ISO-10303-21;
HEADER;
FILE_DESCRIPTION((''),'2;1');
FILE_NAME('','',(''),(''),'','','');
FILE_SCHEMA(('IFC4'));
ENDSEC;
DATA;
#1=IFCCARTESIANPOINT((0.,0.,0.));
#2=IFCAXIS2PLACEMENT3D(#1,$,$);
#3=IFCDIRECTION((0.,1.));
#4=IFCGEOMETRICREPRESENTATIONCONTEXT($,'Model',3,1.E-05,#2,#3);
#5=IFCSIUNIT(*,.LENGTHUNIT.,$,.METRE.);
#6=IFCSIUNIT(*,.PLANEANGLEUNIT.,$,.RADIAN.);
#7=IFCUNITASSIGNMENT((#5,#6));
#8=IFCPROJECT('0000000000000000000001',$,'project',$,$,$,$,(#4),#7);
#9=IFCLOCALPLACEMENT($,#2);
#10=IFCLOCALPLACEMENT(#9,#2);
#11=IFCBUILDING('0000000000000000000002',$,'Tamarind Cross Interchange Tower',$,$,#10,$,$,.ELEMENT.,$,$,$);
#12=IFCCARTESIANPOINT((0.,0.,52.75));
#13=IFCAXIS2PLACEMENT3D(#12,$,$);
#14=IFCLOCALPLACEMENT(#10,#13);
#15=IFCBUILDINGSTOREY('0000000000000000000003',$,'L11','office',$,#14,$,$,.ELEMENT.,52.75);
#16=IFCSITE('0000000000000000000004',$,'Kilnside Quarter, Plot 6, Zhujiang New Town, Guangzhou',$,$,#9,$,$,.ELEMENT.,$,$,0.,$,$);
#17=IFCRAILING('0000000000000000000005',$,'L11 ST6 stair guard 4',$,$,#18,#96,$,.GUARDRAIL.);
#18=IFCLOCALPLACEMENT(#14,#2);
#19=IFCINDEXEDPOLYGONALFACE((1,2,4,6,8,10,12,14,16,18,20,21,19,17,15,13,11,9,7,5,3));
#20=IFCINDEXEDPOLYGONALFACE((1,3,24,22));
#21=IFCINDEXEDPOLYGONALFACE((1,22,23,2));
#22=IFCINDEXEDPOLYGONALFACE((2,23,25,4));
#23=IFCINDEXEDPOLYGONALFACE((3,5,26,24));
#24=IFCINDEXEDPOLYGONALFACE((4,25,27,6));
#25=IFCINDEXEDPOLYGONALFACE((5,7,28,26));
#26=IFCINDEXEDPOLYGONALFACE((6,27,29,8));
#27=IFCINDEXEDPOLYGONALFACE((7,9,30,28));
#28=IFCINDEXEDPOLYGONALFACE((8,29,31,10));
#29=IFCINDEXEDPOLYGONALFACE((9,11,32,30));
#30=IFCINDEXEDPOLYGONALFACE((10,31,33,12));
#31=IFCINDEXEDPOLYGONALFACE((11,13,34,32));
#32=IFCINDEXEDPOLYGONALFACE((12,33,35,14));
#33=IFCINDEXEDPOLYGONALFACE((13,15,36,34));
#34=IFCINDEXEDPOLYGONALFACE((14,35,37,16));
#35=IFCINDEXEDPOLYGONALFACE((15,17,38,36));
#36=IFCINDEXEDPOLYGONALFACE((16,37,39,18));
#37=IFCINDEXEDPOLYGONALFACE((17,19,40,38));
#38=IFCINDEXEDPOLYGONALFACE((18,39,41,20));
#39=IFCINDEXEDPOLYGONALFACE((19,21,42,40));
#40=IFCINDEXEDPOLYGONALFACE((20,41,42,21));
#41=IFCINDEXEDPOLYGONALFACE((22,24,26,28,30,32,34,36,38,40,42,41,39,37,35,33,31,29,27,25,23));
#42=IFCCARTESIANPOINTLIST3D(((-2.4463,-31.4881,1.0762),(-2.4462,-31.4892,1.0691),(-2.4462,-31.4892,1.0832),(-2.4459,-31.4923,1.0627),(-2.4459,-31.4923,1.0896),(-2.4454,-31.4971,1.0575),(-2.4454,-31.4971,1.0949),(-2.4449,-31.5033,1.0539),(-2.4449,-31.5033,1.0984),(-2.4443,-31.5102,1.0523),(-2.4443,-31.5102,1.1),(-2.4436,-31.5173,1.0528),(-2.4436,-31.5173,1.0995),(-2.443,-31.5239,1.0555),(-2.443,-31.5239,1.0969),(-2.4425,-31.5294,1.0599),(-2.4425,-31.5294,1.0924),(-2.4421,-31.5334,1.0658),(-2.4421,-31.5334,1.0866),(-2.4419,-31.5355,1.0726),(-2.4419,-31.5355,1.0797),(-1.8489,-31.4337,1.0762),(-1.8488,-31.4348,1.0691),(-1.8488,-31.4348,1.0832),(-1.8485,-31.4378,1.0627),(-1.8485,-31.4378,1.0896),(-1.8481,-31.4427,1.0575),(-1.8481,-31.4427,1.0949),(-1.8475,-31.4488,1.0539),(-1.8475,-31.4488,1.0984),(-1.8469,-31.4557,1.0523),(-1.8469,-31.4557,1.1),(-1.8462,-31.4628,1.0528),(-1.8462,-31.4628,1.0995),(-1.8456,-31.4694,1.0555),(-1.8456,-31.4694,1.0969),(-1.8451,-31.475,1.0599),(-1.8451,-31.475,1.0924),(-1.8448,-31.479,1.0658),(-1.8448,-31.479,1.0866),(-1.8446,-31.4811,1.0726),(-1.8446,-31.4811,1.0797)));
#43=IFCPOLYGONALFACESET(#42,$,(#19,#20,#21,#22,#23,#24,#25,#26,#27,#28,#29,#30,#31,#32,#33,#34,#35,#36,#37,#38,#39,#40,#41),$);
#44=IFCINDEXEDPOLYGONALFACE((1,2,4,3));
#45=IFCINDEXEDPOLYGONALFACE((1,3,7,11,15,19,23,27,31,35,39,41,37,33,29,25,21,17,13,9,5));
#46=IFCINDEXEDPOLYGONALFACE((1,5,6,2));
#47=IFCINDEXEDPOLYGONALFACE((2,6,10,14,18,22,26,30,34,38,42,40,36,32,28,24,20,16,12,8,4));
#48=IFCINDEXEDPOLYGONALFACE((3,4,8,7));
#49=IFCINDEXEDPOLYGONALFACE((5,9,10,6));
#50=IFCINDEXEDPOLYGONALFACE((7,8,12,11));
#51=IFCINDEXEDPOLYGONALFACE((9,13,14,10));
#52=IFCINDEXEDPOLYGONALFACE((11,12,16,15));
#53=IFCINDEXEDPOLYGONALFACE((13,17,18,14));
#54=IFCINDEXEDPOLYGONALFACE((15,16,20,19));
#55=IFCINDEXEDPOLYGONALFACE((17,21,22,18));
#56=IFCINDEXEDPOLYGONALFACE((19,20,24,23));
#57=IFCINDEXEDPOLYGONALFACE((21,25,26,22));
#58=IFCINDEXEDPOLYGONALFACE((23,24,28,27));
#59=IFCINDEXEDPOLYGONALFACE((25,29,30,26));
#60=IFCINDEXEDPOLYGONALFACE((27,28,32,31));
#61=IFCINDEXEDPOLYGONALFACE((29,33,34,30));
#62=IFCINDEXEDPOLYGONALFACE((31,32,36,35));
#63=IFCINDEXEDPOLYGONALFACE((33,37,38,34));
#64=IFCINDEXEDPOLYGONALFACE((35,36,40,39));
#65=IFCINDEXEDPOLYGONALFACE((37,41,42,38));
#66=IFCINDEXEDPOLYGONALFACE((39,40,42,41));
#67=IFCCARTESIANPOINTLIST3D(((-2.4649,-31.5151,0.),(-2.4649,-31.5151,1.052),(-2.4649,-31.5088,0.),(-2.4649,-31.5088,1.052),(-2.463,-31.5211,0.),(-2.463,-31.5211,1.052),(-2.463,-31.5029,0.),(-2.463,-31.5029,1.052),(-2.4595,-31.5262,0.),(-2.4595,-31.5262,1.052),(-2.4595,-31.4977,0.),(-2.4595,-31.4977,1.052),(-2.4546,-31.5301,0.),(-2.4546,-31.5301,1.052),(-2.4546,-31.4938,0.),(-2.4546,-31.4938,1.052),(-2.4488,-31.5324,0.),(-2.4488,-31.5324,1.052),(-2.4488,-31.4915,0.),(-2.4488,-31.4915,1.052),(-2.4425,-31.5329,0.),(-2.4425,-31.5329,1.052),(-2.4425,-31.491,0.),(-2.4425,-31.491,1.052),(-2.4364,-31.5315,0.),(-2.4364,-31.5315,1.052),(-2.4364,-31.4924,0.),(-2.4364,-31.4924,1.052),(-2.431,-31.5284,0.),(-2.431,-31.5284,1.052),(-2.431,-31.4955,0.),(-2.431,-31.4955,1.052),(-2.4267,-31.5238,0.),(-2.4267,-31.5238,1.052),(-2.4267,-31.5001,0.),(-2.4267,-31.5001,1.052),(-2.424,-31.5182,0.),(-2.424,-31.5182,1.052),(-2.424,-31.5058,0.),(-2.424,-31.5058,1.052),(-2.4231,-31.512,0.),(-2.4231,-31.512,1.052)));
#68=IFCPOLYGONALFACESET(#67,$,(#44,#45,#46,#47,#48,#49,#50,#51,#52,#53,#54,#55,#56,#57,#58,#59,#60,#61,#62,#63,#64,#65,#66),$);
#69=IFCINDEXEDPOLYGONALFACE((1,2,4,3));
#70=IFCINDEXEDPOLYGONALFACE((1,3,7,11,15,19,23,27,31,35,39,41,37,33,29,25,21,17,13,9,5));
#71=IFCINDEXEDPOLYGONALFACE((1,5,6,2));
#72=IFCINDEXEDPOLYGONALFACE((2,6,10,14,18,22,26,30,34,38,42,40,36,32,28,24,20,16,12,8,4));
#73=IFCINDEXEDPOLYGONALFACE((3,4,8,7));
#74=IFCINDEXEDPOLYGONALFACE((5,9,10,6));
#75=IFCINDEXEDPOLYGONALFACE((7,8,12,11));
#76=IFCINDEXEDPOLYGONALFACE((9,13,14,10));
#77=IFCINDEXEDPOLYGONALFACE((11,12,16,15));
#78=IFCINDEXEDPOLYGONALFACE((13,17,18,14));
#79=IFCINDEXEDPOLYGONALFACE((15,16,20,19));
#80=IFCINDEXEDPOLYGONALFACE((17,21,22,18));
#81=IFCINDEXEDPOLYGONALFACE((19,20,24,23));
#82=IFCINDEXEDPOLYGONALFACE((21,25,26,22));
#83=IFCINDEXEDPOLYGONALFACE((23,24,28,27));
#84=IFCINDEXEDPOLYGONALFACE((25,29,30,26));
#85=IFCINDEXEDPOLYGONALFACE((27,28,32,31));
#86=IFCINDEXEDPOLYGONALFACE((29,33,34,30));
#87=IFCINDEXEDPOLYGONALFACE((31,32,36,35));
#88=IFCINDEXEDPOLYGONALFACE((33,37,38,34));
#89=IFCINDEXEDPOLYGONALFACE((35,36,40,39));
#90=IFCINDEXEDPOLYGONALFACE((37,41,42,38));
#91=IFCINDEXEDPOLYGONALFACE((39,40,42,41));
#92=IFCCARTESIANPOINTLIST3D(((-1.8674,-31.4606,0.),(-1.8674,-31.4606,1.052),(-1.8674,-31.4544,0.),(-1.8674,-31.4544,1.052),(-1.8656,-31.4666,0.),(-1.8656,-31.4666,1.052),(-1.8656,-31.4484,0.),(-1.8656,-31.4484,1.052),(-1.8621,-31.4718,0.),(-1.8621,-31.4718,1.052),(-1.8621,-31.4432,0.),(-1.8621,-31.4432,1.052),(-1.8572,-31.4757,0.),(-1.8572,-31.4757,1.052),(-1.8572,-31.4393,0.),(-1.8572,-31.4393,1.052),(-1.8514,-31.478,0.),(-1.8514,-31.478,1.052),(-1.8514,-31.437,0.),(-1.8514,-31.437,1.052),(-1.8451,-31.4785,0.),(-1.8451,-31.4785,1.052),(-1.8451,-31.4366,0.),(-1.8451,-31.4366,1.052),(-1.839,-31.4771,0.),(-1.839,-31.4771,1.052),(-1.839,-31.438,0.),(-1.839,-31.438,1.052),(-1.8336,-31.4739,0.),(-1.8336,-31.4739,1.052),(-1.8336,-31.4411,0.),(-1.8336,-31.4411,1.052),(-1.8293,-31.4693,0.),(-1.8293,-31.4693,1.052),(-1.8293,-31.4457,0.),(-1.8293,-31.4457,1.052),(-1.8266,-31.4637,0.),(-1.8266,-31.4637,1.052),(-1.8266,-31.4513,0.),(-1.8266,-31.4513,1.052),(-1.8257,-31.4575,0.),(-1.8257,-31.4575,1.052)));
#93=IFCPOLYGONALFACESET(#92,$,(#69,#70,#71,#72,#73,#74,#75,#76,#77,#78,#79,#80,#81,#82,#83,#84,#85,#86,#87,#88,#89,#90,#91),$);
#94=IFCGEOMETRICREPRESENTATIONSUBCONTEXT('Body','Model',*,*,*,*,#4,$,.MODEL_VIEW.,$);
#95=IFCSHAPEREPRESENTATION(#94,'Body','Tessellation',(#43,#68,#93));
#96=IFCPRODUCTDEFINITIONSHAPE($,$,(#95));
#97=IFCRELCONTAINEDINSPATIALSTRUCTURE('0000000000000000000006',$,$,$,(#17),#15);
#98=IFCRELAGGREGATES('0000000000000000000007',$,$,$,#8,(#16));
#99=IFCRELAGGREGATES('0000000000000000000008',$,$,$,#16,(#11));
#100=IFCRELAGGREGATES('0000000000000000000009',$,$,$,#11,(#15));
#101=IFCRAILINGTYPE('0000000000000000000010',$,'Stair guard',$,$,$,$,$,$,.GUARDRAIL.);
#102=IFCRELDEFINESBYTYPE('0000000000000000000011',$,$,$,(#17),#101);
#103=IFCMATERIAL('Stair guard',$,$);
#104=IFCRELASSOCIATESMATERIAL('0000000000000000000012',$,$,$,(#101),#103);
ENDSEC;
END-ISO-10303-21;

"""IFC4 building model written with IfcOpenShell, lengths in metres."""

from ifc_helpers import new_model, si_unit, direction, frame, origin, origin_2d, place, context, subcontext, project, spatial, circle, extrude, material, type_object, element, save


model = new_model("IFC4")

# Units and contexts
model_context = context("Model", 3, precision=1e-05, world=origin(), true_north=direction((0.0, 1.0)))
body_context = subcontext(model_context, "Body", "Model", "MODEL_VIEW")
ifc_project = project(units=[si_unit("LENGTHUNIT", "METRE"), si_unit("PLANEANGLEUNIT", "RADIAN")], contexts=[model_context])

# Site, building, storey
site_placement = place(None, origin())
site = spatial("IfcSite", under=ifc_project, at=site_placement, Name="Kilnside Quarter, Plot 6, Zhujiang New Town, Guangzhou", CompositionType="ELEMENT", RefElevation=0.0)
building_placement = place(site_placement, origin())
building = spatial("IfcBuilding", under=site, at=building_placement, Name="Tamarind Cross Interchange Tower", CompositionType="ELEMENT")
storey_placement = place(building_placement, frame((0.0, 0.0, 52.75)))
storey = spatial("IfcBuildingStorey", under=building, at=storey_placement, Name="L11", Description="office", CompositionType="ELEMENT", Elevation=52.75)

# Railing
ifc_material_1 = material(Name="Stair guard")
railing_type_1 = type_object("IfcRailingType", Name="Stair guard", PredefinedType="GUARDRAIL", material=ifc_material_1)
railing_1_placement = place(storey_placement, frame((-2.4441, -31.512, 0.0)))
element("IfcRailing", 1, at=railing_1_placement, inside=storey, type_object=railing_type_1, Name="L11 ST6 stair guard 4", PredefinedType="GUARDRAIL", context=body_context, shape_type="SweptSolid", body=[
    extrude(circle(Radius=0.0239, at=origin_2d()), frame((0.0, 0.0, 1.0762), z_axis=(0.995873, 0.090756, 0.0), x_axis=(-0.090756, 0.995873, 0.0)), (0.0, 0.0, 1.0), 0.5999),
    extrude(circle(Radius=0.021, at=origin_2d()), origin(), (0.0, 0.0, 1.0), 1.052),
    extrude(circle(Radius=0.021, at=origin_2d()), frame((0.5974, 0.0544, 0.0)), (0.0, 0.0, 1.0), 1.052),
])

save(model, "model.ifc")
